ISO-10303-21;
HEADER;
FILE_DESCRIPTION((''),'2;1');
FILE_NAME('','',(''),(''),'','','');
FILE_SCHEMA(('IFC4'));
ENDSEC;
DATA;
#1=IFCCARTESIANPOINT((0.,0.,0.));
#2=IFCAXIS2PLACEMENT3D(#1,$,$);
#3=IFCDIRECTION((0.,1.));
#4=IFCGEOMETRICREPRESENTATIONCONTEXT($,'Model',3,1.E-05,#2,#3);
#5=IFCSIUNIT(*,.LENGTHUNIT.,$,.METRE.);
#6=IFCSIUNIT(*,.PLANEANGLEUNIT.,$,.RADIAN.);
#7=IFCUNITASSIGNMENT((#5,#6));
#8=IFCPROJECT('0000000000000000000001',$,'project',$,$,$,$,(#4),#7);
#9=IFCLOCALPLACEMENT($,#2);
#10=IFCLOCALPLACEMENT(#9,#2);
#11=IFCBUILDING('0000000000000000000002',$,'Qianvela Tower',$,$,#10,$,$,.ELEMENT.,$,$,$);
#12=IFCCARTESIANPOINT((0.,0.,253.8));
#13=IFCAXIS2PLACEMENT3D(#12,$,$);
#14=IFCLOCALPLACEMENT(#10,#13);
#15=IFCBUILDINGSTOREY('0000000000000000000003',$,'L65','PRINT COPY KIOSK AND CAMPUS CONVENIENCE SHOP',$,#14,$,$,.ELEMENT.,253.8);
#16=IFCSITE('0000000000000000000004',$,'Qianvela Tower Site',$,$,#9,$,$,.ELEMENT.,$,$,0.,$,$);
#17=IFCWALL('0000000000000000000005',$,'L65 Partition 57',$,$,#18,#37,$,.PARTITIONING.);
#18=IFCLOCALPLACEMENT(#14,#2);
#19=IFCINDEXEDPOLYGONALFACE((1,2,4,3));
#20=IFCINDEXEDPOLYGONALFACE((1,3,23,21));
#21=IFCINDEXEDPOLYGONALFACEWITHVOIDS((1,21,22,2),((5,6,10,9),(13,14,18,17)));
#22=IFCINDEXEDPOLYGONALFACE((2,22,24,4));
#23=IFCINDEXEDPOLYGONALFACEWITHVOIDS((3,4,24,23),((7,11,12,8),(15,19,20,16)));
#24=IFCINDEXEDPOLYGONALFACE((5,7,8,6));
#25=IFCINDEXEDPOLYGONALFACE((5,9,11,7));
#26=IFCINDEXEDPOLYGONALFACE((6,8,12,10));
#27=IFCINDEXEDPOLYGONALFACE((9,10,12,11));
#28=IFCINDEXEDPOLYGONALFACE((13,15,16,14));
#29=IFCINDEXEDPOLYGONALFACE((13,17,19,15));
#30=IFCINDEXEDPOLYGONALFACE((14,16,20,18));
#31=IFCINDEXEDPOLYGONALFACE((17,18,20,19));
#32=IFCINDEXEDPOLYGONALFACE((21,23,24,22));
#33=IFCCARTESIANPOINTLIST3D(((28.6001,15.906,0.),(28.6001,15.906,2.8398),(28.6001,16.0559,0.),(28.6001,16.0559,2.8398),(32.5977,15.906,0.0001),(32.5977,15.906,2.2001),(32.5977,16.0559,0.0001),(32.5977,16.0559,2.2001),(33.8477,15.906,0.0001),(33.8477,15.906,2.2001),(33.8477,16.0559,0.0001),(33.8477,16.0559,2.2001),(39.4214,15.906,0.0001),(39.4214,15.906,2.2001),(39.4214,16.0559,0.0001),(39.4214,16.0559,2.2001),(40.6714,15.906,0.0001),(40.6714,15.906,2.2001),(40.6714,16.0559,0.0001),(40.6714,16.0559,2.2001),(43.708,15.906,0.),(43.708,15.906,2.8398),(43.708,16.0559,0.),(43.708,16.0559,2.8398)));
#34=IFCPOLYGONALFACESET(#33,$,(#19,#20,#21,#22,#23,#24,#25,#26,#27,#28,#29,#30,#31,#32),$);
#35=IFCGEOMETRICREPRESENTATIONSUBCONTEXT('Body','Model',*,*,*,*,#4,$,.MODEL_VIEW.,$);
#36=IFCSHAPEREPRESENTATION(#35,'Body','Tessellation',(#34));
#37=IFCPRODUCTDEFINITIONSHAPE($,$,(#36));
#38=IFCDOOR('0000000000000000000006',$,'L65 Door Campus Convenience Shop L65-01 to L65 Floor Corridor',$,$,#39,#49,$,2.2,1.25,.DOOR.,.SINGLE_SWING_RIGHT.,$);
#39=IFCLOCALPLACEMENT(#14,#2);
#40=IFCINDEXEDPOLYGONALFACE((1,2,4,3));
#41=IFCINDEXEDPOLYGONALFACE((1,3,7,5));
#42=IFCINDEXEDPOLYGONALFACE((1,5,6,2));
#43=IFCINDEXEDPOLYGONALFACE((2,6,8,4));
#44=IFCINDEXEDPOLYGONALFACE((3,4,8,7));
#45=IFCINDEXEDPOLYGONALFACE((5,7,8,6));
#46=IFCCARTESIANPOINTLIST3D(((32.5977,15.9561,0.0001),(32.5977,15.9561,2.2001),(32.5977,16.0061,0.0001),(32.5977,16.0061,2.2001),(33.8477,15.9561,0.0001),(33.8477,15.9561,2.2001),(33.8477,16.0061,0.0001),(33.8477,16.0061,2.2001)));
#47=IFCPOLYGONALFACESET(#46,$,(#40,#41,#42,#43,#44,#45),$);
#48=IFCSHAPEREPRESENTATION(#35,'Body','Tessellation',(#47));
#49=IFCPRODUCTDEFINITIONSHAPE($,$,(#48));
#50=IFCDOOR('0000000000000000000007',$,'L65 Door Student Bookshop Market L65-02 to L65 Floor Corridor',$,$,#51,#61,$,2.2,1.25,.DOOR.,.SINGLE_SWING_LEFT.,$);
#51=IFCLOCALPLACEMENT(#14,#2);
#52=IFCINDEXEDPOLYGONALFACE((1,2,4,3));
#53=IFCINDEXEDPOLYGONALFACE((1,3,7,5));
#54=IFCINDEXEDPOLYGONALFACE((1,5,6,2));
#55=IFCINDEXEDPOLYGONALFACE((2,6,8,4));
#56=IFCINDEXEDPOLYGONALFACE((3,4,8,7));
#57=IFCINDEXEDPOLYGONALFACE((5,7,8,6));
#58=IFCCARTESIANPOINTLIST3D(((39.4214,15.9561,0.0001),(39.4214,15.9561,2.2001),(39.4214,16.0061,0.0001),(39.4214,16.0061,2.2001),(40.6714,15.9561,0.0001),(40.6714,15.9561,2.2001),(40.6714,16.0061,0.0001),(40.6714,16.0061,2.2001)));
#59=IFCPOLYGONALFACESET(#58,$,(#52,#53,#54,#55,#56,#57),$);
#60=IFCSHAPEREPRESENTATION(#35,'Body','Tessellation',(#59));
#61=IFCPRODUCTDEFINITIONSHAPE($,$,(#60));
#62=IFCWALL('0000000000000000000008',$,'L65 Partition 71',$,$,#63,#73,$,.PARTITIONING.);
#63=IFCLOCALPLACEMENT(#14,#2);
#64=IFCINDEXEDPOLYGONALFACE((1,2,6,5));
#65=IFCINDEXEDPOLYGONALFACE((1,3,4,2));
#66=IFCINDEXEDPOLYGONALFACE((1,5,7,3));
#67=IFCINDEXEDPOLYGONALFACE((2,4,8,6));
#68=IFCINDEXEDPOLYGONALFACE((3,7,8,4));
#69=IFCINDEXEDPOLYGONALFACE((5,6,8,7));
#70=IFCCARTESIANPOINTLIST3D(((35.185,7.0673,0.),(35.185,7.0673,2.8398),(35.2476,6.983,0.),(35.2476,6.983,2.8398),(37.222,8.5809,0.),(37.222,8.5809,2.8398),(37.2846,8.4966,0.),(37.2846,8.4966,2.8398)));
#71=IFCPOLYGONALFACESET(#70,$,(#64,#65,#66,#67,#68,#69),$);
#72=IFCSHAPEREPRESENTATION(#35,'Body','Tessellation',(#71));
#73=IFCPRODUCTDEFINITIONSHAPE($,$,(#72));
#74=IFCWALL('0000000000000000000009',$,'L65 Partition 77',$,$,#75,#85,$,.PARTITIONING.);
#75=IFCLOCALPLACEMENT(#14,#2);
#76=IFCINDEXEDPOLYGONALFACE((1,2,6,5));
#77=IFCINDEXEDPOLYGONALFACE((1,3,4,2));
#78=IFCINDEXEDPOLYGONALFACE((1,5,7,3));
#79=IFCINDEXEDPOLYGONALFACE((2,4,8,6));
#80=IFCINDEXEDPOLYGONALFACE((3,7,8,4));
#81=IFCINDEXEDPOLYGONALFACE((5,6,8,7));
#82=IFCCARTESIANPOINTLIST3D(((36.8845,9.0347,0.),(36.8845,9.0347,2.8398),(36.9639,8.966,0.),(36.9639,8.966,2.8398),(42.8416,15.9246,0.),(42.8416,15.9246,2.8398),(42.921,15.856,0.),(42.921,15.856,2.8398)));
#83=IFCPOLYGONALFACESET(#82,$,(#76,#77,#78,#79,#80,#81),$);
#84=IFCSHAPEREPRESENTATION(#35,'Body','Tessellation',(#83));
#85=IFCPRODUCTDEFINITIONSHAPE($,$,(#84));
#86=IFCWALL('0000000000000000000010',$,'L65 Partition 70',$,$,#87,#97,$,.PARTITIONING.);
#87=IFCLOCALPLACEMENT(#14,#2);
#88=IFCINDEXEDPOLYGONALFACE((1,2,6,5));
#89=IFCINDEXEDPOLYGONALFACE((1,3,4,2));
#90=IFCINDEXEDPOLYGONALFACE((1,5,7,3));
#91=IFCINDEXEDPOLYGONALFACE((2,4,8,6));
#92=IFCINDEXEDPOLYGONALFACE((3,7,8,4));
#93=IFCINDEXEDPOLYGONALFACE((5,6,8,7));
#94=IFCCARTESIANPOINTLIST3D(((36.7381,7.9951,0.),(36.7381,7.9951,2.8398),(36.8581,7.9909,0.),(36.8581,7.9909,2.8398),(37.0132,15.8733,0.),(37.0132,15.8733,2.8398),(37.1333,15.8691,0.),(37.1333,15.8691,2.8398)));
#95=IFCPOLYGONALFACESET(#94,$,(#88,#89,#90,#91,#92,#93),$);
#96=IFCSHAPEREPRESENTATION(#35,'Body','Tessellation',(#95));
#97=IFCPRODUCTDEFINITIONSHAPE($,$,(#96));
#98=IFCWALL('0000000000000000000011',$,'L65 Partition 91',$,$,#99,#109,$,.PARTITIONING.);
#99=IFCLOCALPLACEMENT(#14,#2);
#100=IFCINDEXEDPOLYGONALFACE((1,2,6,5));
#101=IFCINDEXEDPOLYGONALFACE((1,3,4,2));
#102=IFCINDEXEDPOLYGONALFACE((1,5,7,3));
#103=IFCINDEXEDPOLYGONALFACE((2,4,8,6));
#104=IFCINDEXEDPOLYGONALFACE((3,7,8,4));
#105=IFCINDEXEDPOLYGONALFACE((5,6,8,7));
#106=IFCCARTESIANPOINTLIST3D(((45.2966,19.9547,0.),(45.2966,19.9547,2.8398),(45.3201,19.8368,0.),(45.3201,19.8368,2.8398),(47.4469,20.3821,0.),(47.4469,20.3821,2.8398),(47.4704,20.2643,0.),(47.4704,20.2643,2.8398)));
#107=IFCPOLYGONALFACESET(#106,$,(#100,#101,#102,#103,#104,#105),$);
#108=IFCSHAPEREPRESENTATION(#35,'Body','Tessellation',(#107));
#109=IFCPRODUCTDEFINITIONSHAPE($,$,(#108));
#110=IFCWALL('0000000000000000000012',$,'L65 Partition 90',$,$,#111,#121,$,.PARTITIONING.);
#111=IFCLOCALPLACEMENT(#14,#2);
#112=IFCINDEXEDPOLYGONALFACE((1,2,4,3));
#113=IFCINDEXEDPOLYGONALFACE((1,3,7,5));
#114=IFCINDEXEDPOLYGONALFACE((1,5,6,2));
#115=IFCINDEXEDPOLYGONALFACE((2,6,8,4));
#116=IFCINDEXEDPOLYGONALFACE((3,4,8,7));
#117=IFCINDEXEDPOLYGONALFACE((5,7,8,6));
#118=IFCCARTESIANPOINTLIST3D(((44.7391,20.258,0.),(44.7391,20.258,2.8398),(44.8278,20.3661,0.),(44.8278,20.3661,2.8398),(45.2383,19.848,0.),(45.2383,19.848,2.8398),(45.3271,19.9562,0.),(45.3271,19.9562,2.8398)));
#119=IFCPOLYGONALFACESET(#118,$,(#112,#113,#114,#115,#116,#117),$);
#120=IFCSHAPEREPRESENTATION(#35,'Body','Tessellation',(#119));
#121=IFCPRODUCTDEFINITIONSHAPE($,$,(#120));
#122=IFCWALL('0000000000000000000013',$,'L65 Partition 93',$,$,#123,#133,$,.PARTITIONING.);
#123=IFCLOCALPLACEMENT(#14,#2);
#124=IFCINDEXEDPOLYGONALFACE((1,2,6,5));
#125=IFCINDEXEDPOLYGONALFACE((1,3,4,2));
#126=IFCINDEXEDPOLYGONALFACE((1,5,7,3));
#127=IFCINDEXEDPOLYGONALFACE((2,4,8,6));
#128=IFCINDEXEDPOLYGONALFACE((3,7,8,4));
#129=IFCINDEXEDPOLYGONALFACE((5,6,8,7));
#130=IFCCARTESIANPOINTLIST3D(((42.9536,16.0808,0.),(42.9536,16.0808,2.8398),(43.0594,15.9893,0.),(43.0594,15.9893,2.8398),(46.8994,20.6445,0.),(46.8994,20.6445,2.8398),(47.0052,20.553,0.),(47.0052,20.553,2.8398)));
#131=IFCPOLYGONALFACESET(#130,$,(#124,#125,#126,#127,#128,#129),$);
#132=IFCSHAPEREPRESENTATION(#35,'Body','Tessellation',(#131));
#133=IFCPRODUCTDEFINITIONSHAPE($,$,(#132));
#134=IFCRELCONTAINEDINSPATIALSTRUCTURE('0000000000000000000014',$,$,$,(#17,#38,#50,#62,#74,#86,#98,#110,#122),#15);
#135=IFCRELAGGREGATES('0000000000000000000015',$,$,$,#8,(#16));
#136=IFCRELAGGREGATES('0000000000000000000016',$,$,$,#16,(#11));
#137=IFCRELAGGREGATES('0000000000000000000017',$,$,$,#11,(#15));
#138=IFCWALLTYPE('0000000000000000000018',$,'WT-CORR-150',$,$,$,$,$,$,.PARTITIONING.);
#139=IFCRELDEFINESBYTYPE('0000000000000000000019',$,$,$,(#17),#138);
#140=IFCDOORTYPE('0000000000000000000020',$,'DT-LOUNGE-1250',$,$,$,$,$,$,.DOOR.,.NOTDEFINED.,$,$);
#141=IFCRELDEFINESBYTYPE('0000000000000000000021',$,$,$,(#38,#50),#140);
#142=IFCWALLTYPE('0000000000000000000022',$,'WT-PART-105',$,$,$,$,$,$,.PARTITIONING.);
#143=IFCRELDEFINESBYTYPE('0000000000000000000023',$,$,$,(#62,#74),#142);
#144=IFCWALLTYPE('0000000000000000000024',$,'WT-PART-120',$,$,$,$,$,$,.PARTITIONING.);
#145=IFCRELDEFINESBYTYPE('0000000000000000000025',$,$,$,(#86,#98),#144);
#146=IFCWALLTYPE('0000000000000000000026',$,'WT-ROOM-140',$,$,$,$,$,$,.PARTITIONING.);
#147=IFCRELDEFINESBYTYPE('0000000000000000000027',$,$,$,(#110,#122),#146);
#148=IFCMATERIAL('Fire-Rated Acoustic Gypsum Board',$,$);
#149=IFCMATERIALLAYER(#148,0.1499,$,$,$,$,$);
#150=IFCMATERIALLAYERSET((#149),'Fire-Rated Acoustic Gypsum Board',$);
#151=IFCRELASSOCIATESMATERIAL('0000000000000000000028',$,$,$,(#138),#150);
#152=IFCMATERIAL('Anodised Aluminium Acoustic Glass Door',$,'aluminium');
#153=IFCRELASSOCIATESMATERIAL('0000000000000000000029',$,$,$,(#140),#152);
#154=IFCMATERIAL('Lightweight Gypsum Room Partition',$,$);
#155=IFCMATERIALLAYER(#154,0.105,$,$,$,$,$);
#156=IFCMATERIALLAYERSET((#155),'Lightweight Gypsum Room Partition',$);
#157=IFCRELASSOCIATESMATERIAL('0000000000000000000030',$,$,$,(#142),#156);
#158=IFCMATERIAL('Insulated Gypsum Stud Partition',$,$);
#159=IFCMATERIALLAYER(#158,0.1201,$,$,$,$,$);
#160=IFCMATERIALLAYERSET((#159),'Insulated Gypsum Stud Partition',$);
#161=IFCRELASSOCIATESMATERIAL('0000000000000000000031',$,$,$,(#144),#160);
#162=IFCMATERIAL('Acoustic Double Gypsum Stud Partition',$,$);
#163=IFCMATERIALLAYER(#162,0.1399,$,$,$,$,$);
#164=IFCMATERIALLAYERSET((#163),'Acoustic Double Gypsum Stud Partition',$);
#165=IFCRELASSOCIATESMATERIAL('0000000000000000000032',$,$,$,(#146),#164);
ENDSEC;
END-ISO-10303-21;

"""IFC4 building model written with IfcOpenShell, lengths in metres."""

from ifc_helpers import new_model, si_unit, direction, frame, frame_2d, origin, place, context, subcontext, project, spatial, rectangle, extrude, material, layer, layer_set, type_object, element, fill, save


model = new_model("IFC4")

# Units and contexts
model_context = context("Model", 3, precision=1e-05, world=origin(), true_north=direction((0.0, 1.0)))
body_context = subcontext(model_context, "Body", "Model", "MODEL_VIEW")
ifc_project = project(units=[si_unit("LENGTHUNIT", "METRE"), si_unit("PLANEANGLEUNIT", "RADIAN")], contexts=[model_context])

# Site, building, storey
site_placement = place(None, origin())
site = spatial("IfcSite", under=ifc_project, at=site_placement, Name="Qianvela Tower Site", CompositionType="ELEMENT", RefElevation=0.0)
building_placement = place(site_placement, origin())
building = spatial("IfcBuilding", under=site, at=building_placement, Name="Qianvela Tower", CompositionType="ELEMENT")
storey_placement = place(building_placement, frame((0.0, 0.0, 253.8)))
storey = spatial("IfcBuildingStorey", under=building, at=storey_placement, Name="L65", Description="PRINT COPY KIOSK AND CAMPUS CONVENIENCE SHOP", CompositionType="ELEMENT", Elevation=253.8)

# Shared definitions
ifc_material_1 = material(Name="Fire-Rated Acoustic Gypsum Board")
ifc_layer_1 = layer(ifc_material_1, 0.1499)
ifc_layer_set_1 = layer_set([ifc_layer_1], Name="Fire-Rated Acoustic Gypsum Board")
wall_type_1 = type_object("IfcWallType", Name="WT-CORR-150", PredefinedType="PARTITIONING", material=ifc_layer_set_1)

# Wall, openings, doors
wall_1_placement = place(storey_placement, frame((43.708, 15.981, 0.0), z_axis=(0.0, 0.0, 1.0), x_axis=(-1.0, 0.0, 0.0)))
wall_1 = element("IfcWall", 1, at=wall_1_placement, inside=storey, type_object=wall_type_1, Name="L65 Partition 57", PredefinedType="PARTITIONING", context=body_context, shape_type="SweptSolid", body=[
    extrude(rectangle(XDim=15.1079, YDim=0.1499, at=frame_2d((7.554, 0.0))), origin(), (0.0, 0.0, 1.0), 2.8398),
])
opening_1_placement = place(wall_1_placement, frame((9.8604, 0.0, 0.0)))
opening_1 = element("IfcOpeningElement", 2, at=opening_1_placement, cuts=wall_1, PredefinedType="OPENING", context=body_context, shape_type="SweptSolid", body=[
    extrude(rectangle(XDim=1.25, YDim=2.2, at=frame_2d((0.625, 1.1001))), frame((0.0, 0.085, 0.0), z_axis=(0.0, -1.0, 0.0), x_axis=(1.0, 0.0, 0.0)), (0.0, 0.0, 1.0), 0.1699),
])
opening_2_placement = place(wall_1_placement, frame((3.0366, 0.0, 0.0)))
opening_2 = element("IfcOpeningElement", 3, at=opening_2_placement, cuts=wall_1, PredefinedType="OPENING", context=body_context, shape_type="SweptSolid", body=[
    extrude(rectangle(XDim=1.25, YDim=2.2, at=frame_2d((0.625, 1.1001))), frame((0.0, 0.085, 0.0), z_axis=(0.0, -1.0, 0.0), x_axis=(1.0, 0.0, 0.0)), (0.0, 0.0, 1.0), 0.1699),
])
ifc_material_2 = material(Name="Anodised Aluminium Acoustic Glass Door", Category="aluminium")
door_type_1 = type_object("IfcDoorType", Name="DT-LOUNGE-1250", OperationType="NOTDEFINED", PredefinedType="DOOR", material=ifc_material_2)
door_1_placement = place(opening_1_placement, origin())
door_1 = element("IfcDoor", 4, at=door_1_placement, inside=storey, type_object=door_type_1, Name="L65 Door Campus Convenience Shop L65-01 to L65 Floor Corridor", OperationType="SINGLE_SWING_RIGHT", OverallHeight=2.2, OverallWidth=1.25, PredefinedType="DOOR", context=body_context, shape_type="SweptSolid", body=[
    extrude(rectangle(XDim=1.25, YDim=2.2, at=frame_2d((0.625, 1.1001))), frame((0.0, 0.0249, 0.0), z_axis=(0.0, -1.0, 0.0), x_axis=(1.0, 0.0, 0.0)), (0.0, 0.0, 1.0), 0.05),
])
fill(opening_1, door_1)
door_2_placement = place(opening_2_placement, origin())
door_2 = element("IfcDoor", 5, at=door_2_placement, inside=storey, type_object=door_type_1, Name="L65 Door Student Bookshop Market L65-02 to L65 Floor Corridor", OperationType="SINGLE_SWING_LEFT", OverallHeight=2.2, OverallWidth=1.25, PredefinedType="DOOR", context=body_context, shape_type="SweptSolid", body=[
    extrude(rectangle(XDim=1.25, YDim=2.2, at=frame_2d((0.625, 1.1001))), frame((0.0, 0.0249, 0.0), z_axis=(0.0, -1.0, 0.0), x_axis=(1.0, 0.0, 0.0)), (0.0, 0.0, 1.0), 0.05),
])
fill(opening_2, door_2)

# Walls
ifc_material_3 = material(Name="Lightweight Gypsum Room Partition")
ifc_layer_2 = layer(ifc_material_3, 0.105)
ifc_layer_set_2 = layer_set([ifc_layer_2], Name="Lightweight Gypsum Room Partition")
wall_type_2 = type_object("IfcWallType", Name="WT-PART-105", PredefinedType="PARTITIONING", material=ifc_layer_set_2)
wall_2_placement = place(storey_placement, frame((37.2534, 8.5388, 0.0), z_axis=(0.0, 0.0, 1.0), x_axis=(-0.80267, -0.596423, 0.0)))
element("IfcWall", 6, at=wall_2_placement, inside=storey, type_object=wall_type_2, Name="L65 Partition 71", PredefinedType="PARTITIONING", context=body_context, shape_type="SweptSolid", body=[
    extrude(rectangle(XDim=2.5378, YDim=0.105, at=frame_2d((1.269, 0.0))), origin(), (0.0, 0.0, 1.0), 2.8398),
])
wall_3_placement = place(storey_placement, frame((42.8813, 15.8904, 0.0), z_axis=(0.0, 0.0, 1.0), x_axis=(-0.654039, -0.756461, 0.0)))
element("IfcWall", 7, at=wall_3_placement, inside=storey, type_object=wall_type_2, Name="L65 Partition 77", PredefinedType="PARTITIONING", context=body_context, shape_type="SweptSolid", body=[
    extrude(rectangle(XDim=9.1082, YDim=0.105, at=frame_2d((4.5542, 0.0))), origin(), (0.0, 0.0, 1.0), 2.8398),
])
ifc_material_4 = material(Name="Insulated Gypsum Stud Partition")
ifc_layer_3 = layer(ifc_material_4, 0.1201)
ifc_layer_set_3 = layer_set([ifc_layer_3], Name="Insulated Gypsum Stud Partition")
wall_type_3 = type_object("IfcWallType", Name="WT-PART-120", PredefinedType="PARTITIONING", material=ifc_layer_set_3)
wall_4_placement = place(storey_placement, frame((37.0732, 15.8711, 0.0), z_axis=(0.0, 0.0, 1.0), x_axis=(-0.034904, -0.999391, 0.0)))
element("IfcWall", 8, at=wall_4_placement, inside=storey, type_object=wall_type_3, Name="L65 Partition 70", PredefinedType="PARTITIONING", context=body_context, shape_type="SweptSolid", body=[
    extrude(rectangle(XDim=7.8831, YDim=0.1201, at=frame_2d((3.9414, 0.0))), origin(), (0.0, 0.0, 1.0), 2.8398),
])
wall_5_placement = place(storey_placement, frame((45.3083, 19.8958, 0.0), z_axis=(0.0, 0.0, 1.0), x_axis=(0.980807, 0.194981, 0.0)))
element("IfcWall", 9, at=wall_5_placement, inside=storey, type_object=wall_type_3, Name="L65 Partition 91", PredefinedType="PARTITIONING", context=body_context, shape_type="SweptSolid", body=[
    extrude(rectangle(XDim=2.1924, YDim=0.1201, at=frame_2d((1.0962, 0.0))), origin(), (0.0, 0.0, 1.0), 2.8398),
])
ifc_material_5 = material(Name="Acoustic Double Gypsum Stud Partition")
ifc_layer_4 = layer(ifc_material_5, 0.1399)
ifc_layer_set_4 = layer_set([ifc_layer_4], Name="Acoustic Double Gypsum Stud Partition")
wall_type_4 = type_object("IfcWallType", Name="WT-ROOM-140", PredefinedType="PARTITIONING", material=ifc_layer_set_4)
wall_6_placement = place(storey_placement, frame((44.7834, 20.312, 0.0), z_axis=(0.0, 0.0, 1.0), x_axis=(0.772879, -0.634554, 0.0)))
element("IfcWall", 10, at=wall_6_placement, inside=storey, type_object=wall_type_4, Name="L65 Partition 90", PredefinedType="PARTITIONING", context=body_context, shape_type="SweptSolid", body=[
    extrude(rectangle(XDim=0.646, YDim=0.1399, at=frame_2d((0.323, 0.0))), origin(), (0.0, 0.0, 1.0), 2.8398),
])
wall_7_placement = place(storey_placement, frame((46.9524, 20.5989, 0.0), z_axis=(0.0, 0.0, 1.0), x_axis=(-0.654038, -0.756462, 0.0)))
element("IfcWall", 11, at=wall_7_placement, inside=storey, type_object=wall_type_4, Name="L65 Partition 93", PredefinedType="PARTITIONING", context=body_context, shape_type="SweptSolid", body=[
    extrude(rectangle(XDim=6.033, YDim=0.1399, at=frame_2d((3.0166, 0.0))), origin(), (0.0, 0.0, 1.0), 2.8398),
])

save(model, "model.ifc")
